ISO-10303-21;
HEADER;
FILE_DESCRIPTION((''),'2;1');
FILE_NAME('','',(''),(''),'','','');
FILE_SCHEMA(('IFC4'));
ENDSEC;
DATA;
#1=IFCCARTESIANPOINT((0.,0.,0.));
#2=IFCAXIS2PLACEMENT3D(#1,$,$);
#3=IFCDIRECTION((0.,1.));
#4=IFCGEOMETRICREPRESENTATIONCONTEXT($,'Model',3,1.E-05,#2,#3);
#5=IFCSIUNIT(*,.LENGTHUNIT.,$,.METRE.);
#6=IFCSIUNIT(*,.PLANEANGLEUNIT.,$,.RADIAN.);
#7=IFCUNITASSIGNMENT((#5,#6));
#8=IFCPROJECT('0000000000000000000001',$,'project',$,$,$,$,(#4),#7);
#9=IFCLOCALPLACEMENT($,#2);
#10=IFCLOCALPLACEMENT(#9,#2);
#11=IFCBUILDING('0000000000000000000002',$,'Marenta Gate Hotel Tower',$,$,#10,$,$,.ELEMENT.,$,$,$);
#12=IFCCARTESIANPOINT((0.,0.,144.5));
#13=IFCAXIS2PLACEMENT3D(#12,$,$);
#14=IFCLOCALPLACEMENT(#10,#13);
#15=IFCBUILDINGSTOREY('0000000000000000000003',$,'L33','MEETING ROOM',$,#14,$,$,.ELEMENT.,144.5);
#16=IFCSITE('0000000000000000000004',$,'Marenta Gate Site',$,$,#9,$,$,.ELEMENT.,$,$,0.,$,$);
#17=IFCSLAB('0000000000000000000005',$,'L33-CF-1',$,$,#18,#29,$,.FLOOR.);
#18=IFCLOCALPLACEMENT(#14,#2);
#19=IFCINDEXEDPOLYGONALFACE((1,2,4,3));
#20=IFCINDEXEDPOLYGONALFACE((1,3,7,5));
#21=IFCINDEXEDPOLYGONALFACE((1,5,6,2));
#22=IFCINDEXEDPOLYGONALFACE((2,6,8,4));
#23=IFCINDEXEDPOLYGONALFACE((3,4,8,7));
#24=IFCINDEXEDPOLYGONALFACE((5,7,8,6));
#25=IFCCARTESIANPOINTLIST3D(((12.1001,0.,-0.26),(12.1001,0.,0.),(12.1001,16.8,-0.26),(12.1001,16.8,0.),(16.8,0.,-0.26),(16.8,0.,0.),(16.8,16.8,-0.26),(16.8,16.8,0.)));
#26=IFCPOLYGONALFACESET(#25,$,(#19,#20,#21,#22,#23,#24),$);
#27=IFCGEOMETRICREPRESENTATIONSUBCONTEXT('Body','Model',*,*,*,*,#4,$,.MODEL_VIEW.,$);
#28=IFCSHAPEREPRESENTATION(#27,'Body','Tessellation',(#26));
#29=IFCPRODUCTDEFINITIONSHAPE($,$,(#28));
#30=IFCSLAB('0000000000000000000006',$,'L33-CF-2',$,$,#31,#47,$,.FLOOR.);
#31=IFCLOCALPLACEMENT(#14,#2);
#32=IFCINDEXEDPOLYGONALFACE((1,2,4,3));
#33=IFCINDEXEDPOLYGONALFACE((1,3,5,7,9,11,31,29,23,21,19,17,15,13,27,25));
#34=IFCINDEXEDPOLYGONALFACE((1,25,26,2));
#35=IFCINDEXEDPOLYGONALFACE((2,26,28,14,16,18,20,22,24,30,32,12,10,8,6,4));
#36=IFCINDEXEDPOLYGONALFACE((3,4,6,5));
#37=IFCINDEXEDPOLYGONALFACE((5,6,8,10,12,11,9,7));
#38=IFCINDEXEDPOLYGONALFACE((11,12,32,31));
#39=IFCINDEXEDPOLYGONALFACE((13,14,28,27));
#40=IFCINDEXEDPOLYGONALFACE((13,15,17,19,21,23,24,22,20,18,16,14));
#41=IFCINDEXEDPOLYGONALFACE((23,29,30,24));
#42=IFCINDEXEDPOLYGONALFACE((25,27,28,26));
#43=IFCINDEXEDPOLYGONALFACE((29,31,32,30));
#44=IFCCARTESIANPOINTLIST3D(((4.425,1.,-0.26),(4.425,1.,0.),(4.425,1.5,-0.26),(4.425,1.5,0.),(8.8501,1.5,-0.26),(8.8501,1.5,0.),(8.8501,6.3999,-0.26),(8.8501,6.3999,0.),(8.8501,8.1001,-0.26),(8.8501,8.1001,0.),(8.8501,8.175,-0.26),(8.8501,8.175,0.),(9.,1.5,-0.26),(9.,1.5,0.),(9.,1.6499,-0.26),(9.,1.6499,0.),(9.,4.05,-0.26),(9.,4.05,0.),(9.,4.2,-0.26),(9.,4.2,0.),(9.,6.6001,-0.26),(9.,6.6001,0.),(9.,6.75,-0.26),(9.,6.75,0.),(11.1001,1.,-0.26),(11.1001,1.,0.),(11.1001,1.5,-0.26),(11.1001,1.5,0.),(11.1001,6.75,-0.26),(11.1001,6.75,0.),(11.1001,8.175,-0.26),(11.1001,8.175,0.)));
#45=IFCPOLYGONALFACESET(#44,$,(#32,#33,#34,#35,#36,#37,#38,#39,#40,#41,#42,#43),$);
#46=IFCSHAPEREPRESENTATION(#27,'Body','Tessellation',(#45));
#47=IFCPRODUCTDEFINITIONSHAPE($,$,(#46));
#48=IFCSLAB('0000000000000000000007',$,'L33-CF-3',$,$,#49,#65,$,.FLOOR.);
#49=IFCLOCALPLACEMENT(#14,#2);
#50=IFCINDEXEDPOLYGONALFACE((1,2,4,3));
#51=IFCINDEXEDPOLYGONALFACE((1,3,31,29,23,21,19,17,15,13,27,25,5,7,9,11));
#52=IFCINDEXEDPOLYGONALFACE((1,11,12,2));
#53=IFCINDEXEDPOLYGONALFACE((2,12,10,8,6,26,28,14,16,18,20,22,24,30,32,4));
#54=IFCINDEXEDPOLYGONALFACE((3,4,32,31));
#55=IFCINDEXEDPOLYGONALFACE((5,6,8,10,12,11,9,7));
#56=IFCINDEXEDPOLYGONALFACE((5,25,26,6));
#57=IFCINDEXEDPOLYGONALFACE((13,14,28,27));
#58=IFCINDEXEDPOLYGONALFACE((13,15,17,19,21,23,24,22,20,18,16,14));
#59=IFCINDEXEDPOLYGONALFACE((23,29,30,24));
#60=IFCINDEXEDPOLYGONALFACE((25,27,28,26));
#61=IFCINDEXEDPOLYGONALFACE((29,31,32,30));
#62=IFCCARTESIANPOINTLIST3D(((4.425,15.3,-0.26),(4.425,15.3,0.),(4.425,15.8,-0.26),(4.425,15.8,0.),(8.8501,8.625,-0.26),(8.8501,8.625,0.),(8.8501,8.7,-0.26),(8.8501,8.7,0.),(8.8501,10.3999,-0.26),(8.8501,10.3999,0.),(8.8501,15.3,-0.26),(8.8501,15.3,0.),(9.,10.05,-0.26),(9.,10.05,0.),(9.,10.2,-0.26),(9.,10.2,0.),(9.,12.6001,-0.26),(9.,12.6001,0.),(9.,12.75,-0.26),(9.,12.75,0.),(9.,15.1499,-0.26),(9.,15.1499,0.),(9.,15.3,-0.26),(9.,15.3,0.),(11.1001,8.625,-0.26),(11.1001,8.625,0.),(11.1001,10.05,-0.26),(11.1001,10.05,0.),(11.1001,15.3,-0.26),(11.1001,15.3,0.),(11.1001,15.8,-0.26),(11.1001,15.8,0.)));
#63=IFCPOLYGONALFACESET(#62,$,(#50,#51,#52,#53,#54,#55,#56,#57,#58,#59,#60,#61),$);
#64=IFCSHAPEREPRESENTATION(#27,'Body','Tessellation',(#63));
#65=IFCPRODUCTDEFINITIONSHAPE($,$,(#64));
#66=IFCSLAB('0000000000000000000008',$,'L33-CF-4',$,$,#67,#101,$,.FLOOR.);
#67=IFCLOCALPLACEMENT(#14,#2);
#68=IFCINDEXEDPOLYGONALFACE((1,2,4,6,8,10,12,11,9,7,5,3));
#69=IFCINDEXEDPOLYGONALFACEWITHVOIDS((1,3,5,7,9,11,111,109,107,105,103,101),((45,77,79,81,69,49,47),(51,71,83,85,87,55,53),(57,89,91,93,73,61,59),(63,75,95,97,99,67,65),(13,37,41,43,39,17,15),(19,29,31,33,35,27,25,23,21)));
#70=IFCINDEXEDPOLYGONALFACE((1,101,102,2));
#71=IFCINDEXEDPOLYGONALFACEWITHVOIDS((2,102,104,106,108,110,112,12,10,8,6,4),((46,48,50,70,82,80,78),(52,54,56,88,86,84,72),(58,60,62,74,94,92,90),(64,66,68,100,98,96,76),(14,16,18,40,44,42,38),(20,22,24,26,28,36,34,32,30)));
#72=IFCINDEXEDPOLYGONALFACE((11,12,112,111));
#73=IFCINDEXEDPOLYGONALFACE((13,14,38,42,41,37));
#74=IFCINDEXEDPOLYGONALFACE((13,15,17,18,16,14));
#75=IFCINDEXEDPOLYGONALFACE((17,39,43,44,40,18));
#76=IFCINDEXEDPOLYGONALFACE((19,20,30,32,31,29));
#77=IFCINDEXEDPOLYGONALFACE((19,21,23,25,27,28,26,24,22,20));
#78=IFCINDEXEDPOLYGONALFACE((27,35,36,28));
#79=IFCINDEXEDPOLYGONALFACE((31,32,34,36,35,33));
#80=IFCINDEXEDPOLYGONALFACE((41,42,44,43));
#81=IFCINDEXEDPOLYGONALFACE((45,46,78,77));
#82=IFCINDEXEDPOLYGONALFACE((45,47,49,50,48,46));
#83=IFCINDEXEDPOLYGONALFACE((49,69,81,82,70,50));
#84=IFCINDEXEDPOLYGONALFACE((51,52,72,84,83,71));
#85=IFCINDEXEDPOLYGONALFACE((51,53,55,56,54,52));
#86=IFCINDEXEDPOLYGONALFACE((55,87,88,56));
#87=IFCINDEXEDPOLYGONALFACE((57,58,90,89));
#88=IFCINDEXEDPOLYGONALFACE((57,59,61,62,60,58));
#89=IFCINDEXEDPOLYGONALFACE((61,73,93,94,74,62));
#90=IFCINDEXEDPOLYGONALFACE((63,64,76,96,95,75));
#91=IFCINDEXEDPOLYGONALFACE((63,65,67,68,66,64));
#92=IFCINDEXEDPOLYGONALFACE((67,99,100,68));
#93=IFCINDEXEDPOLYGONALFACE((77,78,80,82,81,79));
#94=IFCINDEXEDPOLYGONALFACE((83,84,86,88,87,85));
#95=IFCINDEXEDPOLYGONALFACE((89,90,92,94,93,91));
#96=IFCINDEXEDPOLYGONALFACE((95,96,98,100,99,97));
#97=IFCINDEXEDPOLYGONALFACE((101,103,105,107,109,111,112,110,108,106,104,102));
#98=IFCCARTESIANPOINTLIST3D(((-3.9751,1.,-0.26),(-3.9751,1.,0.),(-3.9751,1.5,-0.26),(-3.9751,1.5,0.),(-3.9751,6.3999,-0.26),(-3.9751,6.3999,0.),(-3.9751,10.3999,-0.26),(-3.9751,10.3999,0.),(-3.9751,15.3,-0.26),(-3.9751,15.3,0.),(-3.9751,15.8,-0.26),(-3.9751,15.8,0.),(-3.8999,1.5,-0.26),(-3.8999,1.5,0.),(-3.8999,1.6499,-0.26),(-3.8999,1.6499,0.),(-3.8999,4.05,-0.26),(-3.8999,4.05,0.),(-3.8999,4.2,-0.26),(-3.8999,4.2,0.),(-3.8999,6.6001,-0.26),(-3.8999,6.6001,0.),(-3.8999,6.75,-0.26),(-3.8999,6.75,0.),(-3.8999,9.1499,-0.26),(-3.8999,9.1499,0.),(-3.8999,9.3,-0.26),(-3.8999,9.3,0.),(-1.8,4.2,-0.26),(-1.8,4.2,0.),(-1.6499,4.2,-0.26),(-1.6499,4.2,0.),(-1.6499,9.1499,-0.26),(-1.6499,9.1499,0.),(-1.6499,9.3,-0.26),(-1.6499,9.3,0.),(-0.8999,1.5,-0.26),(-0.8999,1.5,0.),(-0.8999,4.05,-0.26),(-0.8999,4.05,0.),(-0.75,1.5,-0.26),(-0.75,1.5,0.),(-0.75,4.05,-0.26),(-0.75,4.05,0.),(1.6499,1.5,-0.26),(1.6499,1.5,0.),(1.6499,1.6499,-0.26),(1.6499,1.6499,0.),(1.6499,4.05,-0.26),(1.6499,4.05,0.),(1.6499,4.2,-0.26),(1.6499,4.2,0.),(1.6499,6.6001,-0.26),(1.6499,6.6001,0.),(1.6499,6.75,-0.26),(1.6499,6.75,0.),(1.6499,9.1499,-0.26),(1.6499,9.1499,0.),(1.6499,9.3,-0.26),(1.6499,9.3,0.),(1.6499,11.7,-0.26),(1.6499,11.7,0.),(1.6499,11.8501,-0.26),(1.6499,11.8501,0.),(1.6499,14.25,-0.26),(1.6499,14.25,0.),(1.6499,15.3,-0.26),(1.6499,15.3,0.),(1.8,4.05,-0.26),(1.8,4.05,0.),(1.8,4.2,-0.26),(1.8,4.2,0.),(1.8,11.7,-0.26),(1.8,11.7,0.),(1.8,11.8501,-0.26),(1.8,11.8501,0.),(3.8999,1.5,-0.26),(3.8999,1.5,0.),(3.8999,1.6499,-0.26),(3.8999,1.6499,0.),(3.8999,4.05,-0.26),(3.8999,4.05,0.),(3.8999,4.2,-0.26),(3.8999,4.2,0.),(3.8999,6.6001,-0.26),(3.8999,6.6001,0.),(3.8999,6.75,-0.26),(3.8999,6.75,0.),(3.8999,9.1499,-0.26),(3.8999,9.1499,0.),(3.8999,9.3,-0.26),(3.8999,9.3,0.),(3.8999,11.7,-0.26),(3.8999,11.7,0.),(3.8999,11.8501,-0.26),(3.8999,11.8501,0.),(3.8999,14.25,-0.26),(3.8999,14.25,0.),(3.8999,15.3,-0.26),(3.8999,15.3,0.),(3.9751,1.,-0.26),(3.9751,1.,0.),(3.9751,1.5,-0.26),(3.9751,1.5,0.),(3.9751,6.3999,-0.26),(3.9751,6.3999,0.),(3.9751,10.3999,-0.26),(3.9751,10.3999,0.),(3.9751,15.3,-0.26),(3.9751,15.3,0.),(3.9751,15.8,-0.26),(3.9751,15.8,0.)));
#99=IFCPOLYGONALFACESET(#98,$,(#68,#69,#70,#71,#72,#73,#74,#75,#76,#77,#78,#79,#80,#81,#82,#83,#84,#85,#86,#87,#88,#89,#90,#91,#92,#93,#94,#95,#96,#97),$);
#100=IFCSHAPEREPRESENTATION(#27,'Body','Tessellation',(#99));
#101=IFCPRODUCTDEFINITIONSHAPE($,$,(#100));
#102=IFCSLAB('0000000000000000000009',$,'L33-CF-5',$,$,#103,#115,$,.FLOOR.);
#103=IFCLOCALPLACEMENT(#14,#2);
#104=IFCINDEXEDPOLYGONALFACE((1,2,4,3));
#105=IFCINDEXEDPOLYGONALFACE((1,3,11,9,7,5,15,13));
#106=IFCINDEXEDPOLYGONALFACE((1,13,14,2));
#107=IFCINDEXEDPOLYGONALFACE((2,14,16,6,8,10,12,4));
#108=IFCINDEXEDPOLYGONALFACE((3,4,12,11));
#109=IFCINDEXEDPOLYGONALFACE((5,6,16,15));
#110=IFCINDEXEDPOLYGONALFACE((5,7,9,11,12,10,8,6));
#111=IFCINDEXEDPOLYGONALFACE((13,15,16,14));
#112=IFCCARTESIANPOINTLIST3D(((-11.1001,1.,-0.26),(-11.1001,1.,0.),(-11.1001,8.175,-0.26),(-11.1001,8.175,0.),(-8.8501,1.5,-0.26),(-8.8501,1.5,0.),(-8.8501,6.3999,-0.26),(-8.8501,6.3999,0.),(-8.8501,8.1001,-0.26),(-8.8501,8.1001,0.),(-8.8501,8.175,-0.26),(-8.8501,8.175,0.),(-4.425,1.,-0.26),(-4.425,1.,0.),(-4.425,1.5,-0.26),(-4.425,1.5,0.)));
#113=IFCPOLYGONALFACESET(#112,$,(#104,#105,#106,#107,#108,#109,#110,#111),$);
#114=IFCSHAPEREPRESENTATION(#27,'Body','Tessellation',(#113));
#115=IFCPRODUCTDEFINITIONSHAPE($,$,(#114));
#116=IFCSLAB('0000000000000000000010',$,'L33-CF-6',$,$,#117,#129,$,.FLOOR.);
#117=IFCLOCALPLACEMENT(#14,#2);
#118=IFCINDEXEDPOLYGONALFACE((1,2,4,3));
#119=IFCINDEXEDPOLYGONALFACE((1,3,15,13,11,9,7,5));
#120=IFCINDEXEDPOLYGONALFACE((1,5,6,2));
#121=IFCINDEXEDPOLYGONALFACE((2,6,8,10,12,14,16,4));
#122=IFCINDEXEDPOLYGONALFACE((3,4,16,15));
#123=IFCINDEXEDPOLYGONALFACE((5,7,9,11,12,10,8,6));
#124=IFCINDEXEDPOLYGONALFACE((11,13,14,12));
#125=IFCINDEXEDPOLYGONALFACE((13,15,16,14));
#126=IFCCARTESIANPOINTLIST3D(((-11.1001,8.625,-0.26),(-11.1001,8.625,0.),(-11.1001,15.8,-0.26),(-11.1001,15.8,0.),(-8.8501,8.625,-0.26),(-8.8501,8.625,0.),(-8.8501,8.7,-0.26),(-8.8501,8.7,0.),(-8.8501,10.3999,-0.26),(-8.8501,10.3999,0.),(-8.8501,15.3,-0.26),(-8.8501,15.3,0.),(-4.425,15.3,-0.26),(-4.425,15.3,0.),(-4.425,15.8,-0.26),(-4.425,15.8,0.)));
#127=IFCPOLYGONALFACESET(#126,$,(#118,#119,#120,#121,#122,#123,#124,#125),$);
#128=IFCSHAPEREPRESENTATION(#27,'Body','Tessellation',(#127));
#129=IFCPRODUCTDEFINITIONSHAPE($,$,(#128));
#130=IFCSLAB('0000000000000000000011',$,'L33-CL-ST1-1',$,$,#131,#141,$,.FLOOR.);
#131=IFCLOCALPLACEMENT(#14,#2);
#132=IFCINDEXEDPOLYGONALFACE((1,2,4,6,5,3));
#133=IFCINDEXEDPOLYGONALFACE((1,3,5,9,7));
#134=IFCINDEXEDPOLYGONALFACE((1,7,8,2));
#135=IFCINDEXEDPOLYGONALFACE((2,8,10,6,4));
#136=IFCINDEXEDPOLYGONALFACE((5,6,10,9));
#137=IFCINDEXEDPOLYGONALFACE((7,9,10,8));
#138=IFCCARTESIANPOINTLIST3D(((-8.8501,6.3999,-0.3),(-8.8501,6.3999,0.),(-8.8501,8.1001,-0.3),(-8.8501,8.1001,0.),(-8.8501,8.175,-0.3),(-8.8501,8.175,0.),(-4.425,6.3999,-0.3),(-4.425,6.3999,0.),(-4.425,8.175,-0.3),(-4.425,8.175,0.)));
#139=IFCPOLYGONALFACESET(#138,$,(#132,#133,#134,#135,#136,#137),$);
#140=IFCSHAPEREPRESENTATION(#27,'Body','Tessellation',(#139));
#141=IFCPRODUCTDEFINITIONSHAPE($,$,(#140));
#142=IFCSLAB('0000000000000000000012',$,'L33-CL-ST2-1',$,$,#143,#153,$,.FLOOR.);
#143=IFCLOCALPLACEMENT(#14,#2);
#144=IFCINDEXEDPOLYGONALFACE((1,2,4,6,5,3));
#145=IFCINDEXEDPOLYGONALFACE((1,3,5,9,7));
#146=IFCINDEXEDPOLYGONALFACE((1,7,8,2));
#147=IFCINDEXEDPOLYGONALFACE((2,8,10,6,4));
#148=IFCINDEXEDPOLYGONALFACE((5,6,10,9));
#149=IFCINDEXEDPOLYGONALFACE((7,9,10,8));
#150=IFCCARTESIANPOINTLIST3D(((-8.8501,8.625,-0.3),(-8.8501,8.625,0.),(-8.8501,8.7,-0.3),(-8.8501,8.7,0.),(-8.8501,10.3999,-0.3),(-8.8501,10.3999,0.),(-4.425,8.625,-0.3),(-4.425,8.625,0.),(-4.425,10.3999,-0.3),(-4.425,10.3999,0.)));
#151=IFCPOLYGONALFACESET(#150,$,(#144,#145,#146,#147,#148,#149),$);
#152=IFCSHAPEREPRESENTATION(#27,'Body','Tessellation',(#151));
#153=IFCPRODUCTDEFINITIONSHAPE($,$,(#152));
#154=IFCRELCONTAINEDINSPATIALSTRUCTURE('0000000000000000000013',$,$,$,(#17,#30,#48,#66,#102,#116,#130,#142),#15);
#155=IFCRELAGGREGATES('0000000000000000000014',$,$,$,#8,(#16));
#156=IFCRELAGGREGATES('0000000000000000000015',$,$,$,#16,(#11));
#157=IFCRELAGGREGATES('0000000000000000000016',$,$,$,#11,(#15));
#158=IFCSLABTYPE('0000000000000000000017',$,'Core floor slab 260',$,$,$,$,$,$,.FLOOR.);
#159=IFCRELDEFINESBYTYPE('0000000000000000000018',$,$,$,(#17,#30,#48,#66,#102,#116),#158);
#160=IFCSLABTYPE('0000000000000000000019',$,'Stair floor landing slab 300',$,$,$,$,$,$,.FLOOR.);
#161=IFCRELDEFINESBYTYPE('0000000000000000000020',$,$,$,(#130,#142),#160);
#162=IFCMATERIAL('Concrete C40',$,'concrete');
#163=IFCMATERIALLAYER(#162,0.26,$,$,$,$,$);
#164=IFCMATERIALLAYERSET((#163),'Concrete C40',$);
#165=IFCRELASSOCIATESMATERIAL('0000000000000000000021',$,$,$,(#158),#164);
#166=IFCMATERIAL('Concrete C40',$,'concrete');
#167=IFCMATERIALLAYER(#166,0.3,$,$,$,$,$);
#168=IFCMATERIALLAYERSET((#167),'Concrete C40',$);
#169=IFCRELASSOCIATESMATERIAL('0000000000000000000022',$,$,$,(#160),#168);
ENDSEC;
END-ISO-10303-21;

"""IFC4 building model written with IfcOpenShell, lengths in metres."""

from ifc_helpers import new_model, si_unit, direction, frame, origin, place, context, subcontext, project, spatial, polyline, outline, extrude, material, layer, layer_set, type_object, element, save


model = new_model("IFC4")

# Units and contexts
model_context = context("Model", 3, precision=1e-05, world=origin(), true_north=direction((0.0, 1.0)))
body_context = subcontext(model_context, "Body", "Model", "MODEL_VIEW")
ifc_project = project(units=[si_unit("LENGTHUNIT", "METRE"), si_unit("PLANEANGLEUNIT", "RADIAN")], contexts=[model_context])

# Site, building, storey
site_placement = place(None, origin())
site = spatial("IfcSite", under=ifc_project, at=site_placement, Name="Marenta Gate Site", CompositionType="ELEMENT", RefElevation=0.0)
building_placement = place(site_placement, origin())
building = spatial("IfcBuilding", under=site, at=building_placement, Name="Marenta Gate Hotel Tower", CompositionType="ELEMENT")
storey_placement = place(building_placement, frame((0.0, 0.0, 144.5)))
storey = spatial("IfcBuildingStorey", under=building, at=storey_placement, Name="L33", Description="MEETING ROOM", CompositionType="ELEMENT", Elevation=144.5)

# Slabs
ifc_material_1 = material(Name="Concrete C40", Category="concrete")
ifc_layer_1 = layer(ifc_material_1, 0.26)
ifc_layer_set_1 = layer_set([ifc_layer_1], Name="Concrete C40")
slab_type_1 = type_object("IfcSlabType", Name="Core floor slab 260", PredefinedType="FLOOR", material=ifc_layer_set_1)
slab_1_placement = place(storey_placement, frame((0.0, 0.0, -0.26)))
element("IfcSlab", 1, at=slab_1_placement, inside=storey, type_object=slab_type_1, Name="L33-CF-1", PredefinedType="FLOOR", context=body_context, shape_type="SweptSolid", body=[
    extrude(outline(polyline([(12.1001, 0.0), (12.1001, 16.8), (16.8, 16.8), (16.8, 0.0), (12.1001, 0.0)])), origin(), (0.0, 0.0, 1.0), 0.26),
])
slab_2_placement = place(storey_placement, frame((0.0, 0.0, -0.26)))
element("IfcSlab", 2, at=slab_2_placement, inside=storey, type_object=slab_type_1, Name="L33-CF-2", PredefinedType="FLOOR", context=body_context, shape_type="SweptSolid", body=[
    extrude(outline(polyline([(8.8501, 1.5), (8.8501, 6.3999), (8.8501, 8.1001), (8.8501, 8.175), (11.1001, 8.175), (11.1001, 6.75), (9.0, 6.75), (9.0, 6.6001), (9.0, 4.2), (9.0, 4.05), (9.0, 1.6499), (9.0, 1.5), (11.1001, 1.5), (11.1001, 1.0), (4.425, 1.0), (4.425, 1.5), (8.8501, 1.5)])), origin(), (0.0, 0.0, 1.0), 0.26),
])
slab_3_placement = place(storey_placement, frame((0.0, 0.0, -0.26)))
element("IfcSlab", 3, at=slab_3_placement, inside=storey, type_object=slab_type_1, Name="L33-CF-3", PredefinedType="FLOOR", context=body_context, shape_type="SweptSolid", body=[
    extrude(outline(polyline([(8.8501, 15.3), (4.425, 15.3), (4.425, 15.8), (11.1001, 15.8), (11.1001, 15.3), (9.0, 15.3), (9.0, 15.1499), (9.0, 12.75), (9.0, 12.6001), (9.0, 10.2), (9.0, 10.05), (11.1001, 10.05), (11.1001, 8.625), (8.8501, 8.625), (8.8501, 8.7), (8.8501, 10.3999), (8.8501, 15.3)])), origin(), (0.0, 0.0, 1.0), 0.26),
])
slab_4_placement = place(storey_placement, frame((0.0, 0.0, -0.26)))
element("IfcSlab", 4, at=slab_4_placement, inside=storey, type_object=slab_type_1, Name="L33-CF-4", PredefinedType="FLOOR", context=body_context, shape_type="SweptSolid", body=[
    extrude(outline(polyline([(3.9751, 15.3), (3.9751, 10.3999), (3.9751, 6.3999), (3.9751, 1.5), (3.9751, 1.0), (-3.9751, 1.0), (-3.9751, 1.5), (-3.9751, 6.3999), (-3.9751, 10.3999), (-3.9751, 15.3), (-3.9751, 15.8), (3.9751, 15.8), (3.9751, 15.3)]), holes=[polyline([(1.6499, 1.5), (3.8999, 1.5), (3.8999, 1.6499), (3.8999, 4.05), (1.8, 4.05), (1.6499, 4.05), (1.6499, 1.6499), (1.6499, 1.5)]), polyline([(1.6499, 6.6001), (1.6499, 4.2), (1.8, 4.2), (3.8999, 4.2), (3.8999, 6.6001), (3.8999, 6.75), (1.6499, 6.75), (1.6499, 6.6001)]), polyline([(1.6499, 9.1499), (3.8999, 9.1499), (3.8999, 9.3), (3.8999, 11.7), (1.8, 11.7), (1.6499, 11.7), (1.6499, 9.3), (1.6499, 9.1499)]), polyline([(1.6499, 15.3), (1.6499, 14.25), (1.6499, 11.8501), (1.8, 11.8501), (3.8999, 11.8501), (3.8999, 14.25), (3.8999, 15.3), (1.6499, 15.3)]), polyline([(-3.8999, 4.05), (-3.8999, 1.6499), (-3.8999, 1.5), (-0.8999, 1.5), (-0.75, 1.5), (-0.75, 4.05), (-0.8999, 4.05), (-3.8999, 4.05)]), polyline([(-1.8, 4.2), (-1.6499, 4.2), (-1.6499, 9.1499), (-1.6499, 9.3), (-3.8999, 9.3), (-3.8999, 9.1499), (-3.8999, 6.75), (-3.8999, 6.6001), (-3.8999, 4.2), (-1.8, 4.2)])]), origin(), (0.0, 0.0, 1.0), 0.26),
])
slab_5_placement = place(storey_placement, frame((0.0, 0.0, -0.26)))
element("IfcSlab", 5, at=slab_5_placement, inside=storey, type_object=slab_type_1, Name="L33-CF-5", PredefinedType="FLOOR", context=body_context, shape_type="SweptSolid", body=[
    extrude(outline(polyline([(-8.8501, 8.175), (-8.8501, 8.1001), (-8.8501, 6.3999), (-8.8501, 1.5), (-4.425, 1.5), (-4.425, 1.0), (-11.1001, 1.0), (-11.1001, 8.175), (-8.8501, 8.175)])), origin(), (0.0, 0.0, 1.0), 0.26),
])
slab_6_placement = place(storey_placement, frame((0.0, 0.0, -0.26)))
element("IfcSlab", 6, at=slab_6_placement, inside=storey, type_object=slab_type_1, Name="L33-CF-6", PredefinedType="FLOOR", context=body_context, shape_type="SweptSolid", body=[
    extrude(outline(polyline([(-4.425, 15.3), (-8.8501, 15.3), (-8.8501, 10.3999), (-8.8501, 8.7), (-8.8501, 8.625), (-11.1001, 8.625), (-11.1001, 15.8), (-4.425, 15.8), (-4.425, 15.3)])), origin(), (0.0, 0.0, 1.0), 0.26),
])
ifc_material_2 = material(Name="Concrete C40", Category="concrete")
ifc_layer_2 = layer(ifc_material_2, 0.3)
ifc_layer_set_2 = layer_set([ifc_layer_2], Name="Concrete C40")
slab_type_2 = type_object("IfcSlabType", Name="Stair floor landing slab 300", PredefinedType="FLOOR", material=ifc_layer_set_2)
slab_7_placement = place(storey_placement, frame((0.0, 0.0, -0.3)))
element("IfcSlab", 7, at=slab_7_placement, inside=storey, type_object=slab_type_2, Name="L33-CL-ST1-1", PredefinedType="FLOOR", context=body_context, shape_type="SweptSolid", body=[
    extrude(outline(polyline([(-4.425, 6.3999), (-8.8501, 6.3999), (-8.8501, 8.1001), (-8.8501, 8.175), (-4.425, 8.175), (-4.425, 6.3999)])), origin(), (0.0, 0.0, 1.0), 0.3),
])
slab_8_placement = place(storey_placement, frame((0.0, 0.0, -0.3)))
element("IfcSlab", 8, at=slab_8_placement, inside=storey, type_object=slab_type_2, Name="L33-CL-ST2-1", PredefinedType="FLOOR", context=body_context, shape_type="SweptSolid", body=[
    extrude(outline(polyline([(-4.425, 8.625), (-8.8501, 8.625), (-8.8501, 8.7), (-8.8501, 10.3999), (-4.425, 10.3999), (-4.425, 8.625)])), origin(), (0.0, 0.0, 1.0), 0.3),
])

save(model, "model.ifc")
